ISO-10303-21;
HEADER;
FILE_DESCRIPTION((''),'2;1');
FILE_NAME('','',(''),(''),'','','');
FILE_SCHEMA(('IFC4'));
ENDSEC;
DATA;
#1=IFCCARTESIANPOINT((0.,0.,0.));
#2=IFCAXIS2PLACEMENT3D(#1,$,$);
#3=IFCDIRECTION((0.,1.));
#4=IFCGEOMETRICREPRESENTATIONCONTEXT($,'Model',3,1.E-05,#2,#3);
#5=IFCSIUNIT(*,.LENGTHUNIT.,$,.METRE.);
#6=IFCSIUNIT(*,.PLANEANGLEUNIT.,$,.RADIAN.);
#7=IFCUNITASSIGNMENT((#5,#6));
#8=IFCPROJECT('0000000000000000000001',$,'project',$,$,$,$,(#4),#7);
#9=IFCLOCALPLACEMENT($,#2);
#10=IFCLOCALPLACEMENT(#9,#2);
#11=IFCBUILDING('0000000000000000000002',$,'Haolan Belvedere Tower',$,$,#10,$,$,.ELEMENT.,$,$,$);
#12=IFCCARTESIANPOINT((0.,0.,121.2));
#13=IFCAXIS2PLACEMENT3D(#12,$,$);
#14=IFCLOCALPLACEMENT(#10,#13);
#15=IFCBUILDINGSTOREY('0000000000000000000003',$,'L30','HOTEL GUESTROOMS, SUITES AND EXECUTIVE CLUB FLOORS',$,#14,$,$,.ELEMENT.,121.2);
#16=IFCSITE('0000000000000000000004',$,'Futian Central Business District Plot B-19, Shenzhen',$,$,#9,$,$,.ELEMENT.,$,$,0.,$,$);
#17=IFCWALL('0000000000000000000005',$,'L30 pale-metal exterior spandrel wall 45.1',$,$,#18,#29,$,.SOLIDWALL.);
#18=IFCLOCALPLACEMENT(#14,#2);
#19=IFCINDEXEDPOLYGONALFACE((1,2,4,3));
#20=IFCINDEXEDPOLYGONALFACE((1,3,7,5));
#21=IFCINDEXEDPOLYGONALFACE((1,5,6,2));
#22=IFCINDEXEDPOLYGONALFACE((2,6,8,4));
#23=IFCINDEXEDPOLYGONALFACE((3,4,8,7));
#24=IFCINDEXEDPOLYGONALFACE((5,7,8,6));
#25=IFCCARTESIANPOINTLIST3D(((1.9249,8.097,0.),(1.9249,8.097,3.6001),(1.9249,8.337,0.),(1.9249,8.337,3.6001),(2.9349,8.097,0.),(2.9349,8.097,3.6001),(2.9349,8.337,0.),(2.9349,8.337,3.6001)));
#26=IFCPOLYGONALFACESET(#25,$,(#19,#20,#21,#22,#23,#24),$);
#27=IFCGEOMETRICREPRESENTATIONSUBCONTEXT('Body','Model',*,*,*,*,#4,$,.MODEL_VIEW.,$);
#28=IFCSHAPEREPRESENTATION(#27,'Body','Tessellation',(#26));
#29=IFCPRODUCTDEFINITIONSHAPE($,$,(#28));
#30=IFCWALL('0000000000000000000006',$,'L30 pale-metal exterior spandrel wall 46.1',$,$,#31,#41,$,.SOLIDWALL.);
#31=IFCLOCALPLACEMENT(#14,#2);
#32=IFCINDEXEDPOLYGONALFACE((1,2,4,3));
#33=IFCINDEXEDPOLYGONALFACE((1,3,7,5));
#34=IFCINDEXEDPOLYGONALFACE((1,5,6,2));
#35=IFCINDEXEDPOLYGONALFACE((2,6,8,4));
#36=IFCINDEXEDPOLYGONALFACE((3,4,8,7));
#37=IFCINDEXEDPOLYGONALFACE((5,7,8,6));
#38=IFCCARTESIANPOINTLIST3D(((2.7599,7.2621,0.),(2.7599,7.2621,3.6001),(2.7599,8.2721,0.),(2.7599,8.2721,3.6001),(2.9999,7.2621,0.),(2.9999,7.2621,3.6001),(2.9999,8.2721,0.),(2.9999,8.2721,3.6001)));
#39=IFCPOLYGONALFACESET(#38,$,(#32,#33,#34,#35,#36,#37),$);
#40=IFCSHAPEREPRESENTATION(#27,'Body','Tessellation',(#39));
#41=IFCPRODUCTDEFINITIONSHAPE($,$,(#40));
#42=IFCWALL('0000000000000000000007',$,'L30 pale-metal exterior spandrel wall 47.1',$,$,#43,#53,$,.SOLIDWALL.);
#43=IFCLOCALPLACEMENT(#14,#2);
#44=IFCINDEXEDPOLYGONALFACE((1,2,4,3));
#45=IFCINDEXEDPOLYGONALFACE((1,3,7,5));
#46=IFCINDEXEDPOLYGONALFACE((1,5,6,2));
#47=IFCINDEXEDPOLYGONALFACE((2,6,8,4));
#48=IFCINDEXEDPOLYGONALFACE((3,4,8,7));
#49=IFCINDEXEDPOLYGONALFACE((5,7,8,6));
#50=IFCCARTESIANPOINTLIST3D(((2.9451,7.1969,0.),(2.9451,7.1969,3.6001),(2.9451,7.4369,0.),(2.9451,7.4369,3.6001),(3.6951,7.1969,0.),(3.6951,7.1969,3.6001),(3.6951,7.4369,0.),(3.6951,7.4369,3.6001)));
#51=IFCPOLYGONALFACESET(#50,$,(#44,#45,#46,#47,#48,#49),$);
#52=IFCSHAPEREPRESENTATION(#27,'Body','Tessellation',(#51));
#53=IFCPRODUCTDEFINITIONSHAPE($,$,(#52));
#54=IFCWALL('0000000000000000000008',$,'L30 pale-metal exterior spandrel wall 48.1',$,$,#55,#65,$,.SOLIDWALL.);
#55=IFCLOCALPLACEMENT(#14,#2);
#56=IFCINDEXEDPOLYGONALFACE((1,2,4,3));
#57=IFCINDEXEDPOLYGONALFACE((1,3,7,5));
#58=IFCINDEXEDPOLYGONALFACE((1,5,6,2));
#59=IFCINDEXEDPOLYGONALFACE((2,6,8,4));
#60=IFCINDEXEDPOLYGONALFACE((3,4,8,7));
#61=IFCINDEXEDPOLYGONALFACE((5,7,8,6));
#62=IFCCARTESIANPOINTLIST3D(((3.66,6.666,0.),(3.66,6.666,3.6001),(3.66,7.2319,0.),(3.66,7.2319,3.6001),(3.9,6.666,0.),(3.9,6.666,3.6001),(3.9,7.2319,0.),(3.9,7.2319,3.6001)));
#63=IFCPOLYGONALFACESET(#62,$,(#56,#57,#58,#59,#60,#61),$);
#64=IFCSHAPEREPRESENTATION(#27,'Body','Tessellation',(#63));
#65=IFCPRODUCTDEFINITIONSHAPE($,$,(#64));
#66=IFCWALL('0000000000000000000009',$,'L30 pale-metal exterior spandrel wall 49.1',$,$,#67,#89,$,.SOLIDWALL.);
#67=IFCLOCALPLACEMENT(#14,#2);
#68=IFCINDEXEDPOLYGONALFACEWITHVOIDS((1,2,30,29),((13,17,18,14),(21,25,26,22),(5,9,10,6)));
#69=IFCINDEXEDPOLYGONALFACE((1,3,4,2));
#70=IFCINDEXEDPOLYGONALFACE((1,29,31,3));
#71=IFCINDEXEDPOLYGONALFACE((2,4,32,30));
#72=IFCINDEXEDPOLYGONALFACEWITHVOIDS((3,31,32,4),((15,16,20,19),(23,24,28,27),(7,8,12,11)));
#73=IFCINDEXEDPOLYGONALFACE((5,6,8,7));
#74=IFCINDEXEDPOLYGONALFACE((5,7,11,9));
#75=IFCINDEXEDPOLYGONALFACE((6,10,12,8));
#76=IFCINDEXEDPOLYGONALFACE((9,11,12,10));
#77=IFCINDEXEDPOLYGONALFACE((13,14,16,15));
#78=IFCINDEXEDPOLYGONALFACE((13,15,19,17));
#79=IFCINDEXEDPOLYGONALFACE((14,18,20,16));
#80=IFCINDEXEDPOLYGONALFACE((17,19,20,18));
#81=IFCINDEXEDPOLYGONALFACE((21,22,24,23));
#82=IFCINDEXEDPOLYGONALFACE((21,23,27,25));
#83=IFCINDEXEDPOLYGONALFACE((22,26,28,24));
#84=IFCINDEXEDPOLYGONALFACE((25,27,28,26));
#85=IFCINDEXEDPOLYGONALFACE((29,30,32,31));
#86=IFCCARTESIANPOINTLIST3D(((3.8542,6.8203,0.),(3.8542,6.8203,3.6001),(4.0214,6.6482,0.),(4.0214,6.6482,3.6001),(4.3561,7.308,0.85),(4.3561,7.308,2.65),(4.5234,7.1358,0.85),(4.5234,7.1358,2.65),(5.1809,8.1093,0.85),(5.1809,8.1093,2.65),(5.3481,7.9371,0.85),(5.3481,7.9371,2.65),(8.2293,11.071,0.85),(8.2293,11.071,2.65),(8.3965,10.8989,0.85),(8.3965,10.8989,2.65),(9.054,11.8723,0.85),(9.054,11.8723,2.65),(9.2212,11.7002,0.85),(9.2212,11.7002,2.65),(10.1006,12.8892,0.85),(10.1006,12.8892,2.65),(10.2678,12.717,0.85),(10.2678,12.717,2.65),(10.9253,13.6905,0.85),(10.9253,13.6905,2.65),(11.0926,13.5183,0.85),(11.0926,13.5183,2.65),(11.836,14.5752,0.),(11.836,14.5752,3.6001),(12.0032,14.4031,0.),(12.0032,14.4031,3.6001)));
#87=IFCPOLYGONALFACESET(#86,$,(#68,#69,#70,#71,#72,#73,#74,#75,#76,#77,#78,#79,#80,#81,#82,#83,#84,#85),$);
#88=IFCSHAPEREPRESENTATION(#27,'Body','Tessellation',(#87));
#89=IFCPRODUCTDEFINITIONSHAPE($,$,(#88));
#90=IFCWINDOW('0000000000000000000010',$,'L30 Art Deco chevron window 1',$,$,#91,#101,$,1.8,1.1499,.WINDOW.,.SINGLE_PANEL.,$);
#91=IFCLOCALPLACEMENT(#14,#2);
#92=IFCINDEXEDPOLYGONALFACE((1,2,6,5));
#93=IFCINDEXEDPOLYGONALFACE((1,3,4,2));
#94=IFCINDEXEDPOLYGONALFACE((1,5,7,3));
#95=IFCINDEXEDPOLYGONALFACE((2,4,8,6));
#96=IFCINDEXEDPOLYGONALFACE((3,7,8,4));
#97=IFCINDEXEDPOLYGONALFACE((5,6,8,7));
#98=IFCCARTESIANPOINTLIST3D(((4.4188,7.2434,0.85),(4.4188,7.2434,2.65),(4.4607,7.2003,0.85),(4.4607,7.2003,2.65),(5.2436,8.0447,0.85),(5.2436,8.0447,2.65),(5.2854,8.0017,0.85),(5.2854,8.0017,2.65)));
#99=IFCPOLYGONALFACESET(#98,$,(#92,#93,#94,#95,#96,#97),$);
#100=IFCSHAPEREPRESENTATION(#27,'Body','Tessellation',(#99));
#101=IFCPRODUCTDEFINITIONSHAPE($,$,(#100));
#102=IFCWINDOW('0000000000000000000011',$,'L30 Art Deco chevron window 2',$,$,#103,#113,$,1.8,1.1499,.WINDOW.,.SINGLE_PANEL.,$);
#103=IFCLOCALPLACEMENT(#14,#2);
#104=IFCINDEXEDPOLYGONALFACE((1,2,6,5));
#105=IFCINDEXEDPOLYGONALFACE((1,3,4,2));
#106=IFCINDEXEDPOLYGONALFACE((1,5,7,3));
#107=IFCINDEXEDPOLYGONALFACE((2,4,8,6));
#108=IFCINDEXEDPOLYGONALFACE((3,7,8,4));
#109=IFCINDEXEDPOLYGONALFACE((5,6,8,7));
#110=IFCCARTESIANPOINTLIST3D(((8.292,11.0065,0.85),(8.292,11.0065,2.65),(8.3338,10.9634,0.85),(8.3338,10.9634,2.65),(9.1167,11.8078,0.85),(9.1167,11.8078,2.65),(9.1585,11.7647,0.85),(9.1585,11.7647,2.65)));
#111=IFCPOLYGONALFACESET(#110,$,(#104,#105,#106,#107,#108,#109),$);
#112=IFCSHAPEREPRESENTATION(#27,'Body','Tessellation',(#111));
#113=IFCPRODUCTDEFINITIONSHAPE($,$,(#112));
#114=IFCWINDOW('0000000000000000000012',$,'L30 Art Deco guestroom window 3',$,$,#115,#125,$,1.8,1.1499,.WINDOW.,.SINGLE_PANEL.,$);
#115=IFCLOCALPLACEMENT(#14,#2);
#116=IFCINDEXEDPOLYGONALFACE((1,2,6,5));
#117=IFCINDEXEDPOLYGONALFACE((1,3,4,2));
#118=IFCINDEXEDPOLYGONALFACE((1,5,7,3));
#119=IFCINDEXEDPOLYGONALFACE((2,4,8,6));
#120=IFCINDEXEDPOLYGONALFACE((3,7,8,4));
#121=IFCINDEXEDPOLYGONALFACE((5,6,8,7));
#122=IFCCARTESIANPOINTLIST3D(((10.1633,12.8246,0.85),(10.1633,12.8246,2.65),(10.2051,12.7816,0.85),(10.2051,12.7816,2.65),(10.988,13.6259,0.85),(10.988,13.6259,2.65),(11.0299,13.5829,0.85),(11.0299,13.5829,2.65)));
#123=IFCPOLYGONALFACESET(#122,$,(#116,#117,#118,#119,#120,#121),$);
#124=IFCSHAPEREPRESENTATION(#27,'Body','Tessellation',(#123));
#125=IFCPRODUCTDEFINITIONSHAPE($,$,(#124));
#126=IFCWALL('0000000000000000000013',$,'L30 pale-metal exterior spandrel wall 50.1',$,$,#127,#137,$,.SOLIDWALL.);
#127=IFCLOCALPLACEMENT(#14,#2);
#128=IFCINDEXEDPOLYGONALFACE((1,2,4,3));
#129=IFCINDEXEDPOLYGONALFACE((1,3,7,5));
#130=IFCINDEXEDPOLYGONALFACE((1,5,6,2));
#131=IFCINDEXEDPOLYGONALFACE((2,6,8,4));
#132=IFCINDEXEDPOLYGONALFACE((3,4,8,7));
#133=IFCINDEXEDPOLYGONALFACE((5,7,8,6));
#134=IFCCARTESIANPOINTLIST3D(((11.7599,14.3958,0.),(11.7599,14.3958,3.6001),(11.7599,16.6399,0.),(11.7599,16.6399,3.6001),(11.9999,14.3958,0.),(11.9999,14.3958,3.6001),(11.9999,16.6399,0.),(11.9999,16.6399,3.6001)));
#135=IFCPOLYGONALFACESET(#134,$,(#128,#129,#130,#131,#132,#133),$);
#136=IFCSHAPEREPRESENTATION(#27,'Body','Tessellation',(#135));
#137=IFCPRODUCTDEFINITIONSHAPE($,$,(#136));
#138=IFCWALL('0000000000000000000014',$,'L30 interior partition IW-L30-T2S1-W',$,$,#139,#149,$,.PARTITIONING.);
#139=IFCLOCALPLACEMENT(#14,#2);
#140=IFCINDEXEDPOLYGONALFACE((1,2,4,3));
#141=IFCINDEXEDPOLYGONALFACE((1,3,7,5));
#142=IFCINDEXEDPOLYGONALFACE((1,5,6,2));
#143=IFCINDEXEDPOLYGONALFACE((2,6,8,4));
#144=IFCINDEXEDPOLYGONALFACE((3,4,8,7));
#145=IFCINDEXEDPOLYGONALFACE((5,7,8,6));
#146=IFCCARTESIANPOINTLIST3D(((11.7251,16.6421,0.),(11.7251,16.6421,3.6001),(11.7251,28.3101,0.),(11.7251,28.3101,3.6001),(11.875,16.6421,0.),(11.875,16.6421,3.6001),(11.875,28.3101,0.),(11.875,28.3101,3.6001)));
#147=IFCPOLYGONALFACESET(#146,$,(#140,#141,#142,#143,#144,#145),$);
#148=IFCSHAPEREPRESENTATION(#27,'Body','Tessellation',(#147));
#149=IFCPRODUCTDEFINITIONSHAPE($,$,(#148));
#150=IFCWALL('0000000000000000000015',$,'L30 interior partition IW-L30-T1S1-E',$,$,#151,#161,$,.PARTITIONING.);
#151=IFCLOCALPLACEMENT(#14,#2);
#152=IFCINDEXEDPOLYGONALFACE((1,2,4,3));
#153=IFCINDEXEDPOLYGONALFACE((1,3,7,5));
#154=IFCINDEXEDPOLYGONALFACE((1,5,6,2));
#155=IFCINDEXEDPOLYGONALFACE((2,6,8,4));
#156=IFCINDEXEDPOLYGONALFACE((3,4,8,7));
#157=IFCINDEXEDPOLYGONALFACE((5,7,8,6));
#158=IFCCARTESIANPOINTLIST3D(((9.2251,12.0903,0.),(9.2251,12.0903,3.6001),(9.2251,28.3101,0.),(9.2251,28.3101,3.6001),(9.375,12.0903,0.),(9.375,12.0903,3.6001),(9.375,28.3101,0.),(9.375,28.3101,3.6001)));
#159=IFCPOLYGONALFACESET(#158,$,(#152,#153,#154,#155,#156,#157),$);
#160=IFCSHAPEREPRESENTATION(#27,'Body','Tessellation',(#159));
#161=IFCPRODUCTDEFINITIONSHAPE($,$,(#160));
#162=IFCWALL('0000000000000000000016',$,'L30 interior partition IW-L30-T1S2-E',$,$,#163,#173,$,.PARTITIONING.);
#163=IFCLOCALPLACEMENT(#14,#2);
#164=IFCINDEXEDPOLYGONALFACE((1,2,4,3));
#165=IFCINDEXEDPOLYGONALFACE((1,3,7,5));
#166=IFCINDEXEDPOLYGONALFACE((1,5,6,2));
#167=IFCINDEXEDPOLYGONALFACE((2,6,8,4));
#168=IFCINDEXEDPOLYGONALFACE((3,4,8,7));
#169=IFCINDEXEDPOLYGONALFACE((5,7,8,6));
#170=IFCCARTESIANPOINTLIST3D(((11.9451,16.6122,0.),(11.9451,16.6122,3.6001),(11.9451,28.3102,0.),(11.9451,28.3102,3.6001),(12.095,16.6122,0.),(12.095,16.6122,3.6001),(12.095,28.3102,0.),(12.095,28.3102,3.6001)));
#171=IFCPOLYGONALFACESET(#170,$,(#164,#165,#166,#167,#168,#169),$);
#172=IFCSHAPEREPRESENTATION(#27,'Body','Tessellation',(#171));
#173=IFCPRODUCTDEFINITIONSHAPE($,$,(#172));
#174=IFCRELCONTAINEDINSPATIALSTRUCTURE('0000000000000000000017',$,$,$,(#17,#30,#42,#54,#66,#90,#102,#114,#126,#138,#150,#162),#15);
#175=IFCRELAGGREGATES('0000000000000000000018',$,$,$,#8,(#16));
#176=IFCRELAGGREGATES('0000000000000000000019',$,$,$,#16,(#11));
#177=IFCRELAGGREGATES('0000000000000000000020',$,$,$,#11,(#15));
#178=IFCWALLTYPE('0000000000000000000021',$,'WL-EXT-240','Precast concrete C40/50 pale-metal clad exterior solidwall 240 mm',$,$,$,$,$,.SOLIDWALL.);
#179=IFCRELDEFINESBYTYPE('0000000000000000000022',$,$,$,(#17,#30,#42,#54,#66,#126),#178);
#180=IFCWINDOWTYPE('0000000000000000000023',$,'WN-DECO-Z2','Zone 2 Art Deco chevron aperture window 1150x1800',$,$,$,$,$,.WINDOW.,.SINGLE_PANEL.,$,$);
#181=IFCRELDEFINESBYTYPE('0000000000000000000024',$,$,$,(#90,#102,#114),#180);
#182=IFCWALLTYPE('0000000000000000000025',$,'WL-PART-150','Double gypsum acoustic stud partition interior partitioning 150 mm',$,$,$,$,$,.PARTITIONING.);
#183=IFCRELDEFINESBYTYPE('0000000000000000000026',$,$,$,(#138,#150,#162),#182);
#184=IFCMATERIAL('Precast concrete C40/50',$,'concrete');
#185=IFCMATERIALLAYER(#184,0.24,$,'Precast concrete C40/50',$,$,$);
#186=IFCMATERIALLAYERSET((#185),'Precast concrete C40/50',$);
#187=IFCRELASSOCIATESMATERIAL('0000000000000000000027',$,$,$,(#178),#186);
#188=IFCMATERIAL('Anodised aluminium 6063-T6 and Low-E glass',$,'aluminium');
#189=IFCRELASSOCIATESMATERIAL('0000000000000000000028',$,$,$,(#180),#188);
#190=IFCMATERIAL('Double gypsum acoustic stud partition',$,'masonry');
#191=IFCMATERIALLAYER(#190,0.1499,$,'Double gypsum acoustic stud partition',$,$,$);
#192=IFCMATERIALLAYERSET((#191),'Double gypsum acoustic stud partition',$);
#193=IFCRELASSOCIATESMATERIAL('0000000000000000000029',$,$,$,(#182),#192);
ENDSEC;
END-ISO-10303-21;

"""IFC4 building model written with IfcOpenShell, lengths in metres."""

from ifc_helpers import new_model, si_unit, direction, frame, frame_2d, origin, place, context, subcontext, project, spatial, rectangle, extrude, material, layer, layer_set, type_object, element, fill, save


model = new_model("IFC4")

# Units and contexts
model_context = context("Model", 3, precision=1e-05, world=origin(), true_north=direction((0.0, 1.0)))
body_context = subcontext(model_context, "Body", "Model", "MODEL_VIEW")
ifc_project = project(units=[si_unit("LENGTHUNIT", "METRE"), si_unit("PLANEANGLEUNIT", "RADIAN")], contexts=[model_context])

# Site, building, storey
site_placement = place(None, origin())
site = spatial("IfcSite", under=ifc_project, at=site_placement, Name="Futian Central Business District Plot B-19, Shenzhen", CompositionType="ELEMENT", RefElevation=0.0)
building_placement = place(site_placement, origin())
building = spatial("IfcBuilding", under=site, at=building_placement, Name="Haolan Belvedere Tower", CompositionType="ELEMENT")
storey_placement = place(building_placement, frame((0.0, 0.0, 121.2)))
storey = spatial("IfcBuildingStorey", under=building, at=storey_placement, Name="L30", Description="HOTEL GUESTROOMS, SUITES AND EXECUTIVE CLUB FLOORS", CompositionType="ELEMENT", Elevation=121.2)

# Walls
ifc_material_1 = material(Name="Precast concrete C40/50", Category="concrete")
ifc_layer_1 = layer(ifc_material_1, 0.24, Name="Precast concrete C40/50")
ifc_layer_set_1 = layer_set([ifc_layer_1], Name="Precast concrete C40/50")
wall_type_1 = type_object("IfcWallType", Name="WL-EXT-240", Description="Precast concrete C40/50 pale-metal clad exterior solidwall 240 mm", PredefinedType="SOLIDWALL", material=ifc_layer_set_1)
for number, where, z_axis, x_axis, name in (
    (1, (1.925, 8.217, 0.0), (0.0, 0.0, 1.0), (1.0, 0.0, 0.0), "L30 pale-metal exterior spandrel wall 45.1"),
    (2, (2.8799, 8.272, 0.0), (0.0, 0.0, 1.0), (0.0, -1.0, 0.0), "L30 pale-metal exterior spandrel wall 46.1"),
):
    element("IfcWall", number, at=place(storey_placement, frame(where, z_axis=z_axis, x_axis=x_axis)), inside=storey, type_object=wall_type_1, Name=name, PredefinedType="SOLIDWALL", context=body_context, shape_type="SweptSolid", body=[
        extrude(rectangle(XDim=1.01, YDim=0.24, at=frame_2d((0.5049, 0.0))), origin(), (0.0, 0.0, 1.0), 3.6001),
    ])
wall_1_placement = place(storey_placement, frame((2.9451, 7.3169, 0.0), z_axis=(0.0, 0.0, 1.0), x_axis=(1.0, 0.0, 0.0)))
element("IfcWall", 3, at=wall_1_placement, inside=storey, type_object=wall_type_1, Name="L30 pale-metal exterior spandrel wall 47.1", PredefinedType="SOLIDWALL", context=body_context, shape_type="SweptSolid", body=[
    extrude(rectangle(XDim=0.75, YDim=0.24, at=frame_2d((0.375, 0.0))), origin(), (0.0, 0.0, 1.0), 3.6001),
])
wall_2_placement = place(storey_placement, frame((3.78, 7.2319, 0.0), z_axis=(0.0, 0.0, 1.0), x_axis=(0.0, -1.0, 0.0)))
element("IfcWall", 4, at=wall_2_placement, inside=storey, type_object=wall_type_1, Name="L30 pale-metal exterior spandrel wall 48.1", PredefinedType="SOLIDWALL", context=body_context, shape_type="SweptSolid", body=[
    extrude(rectangle(XDim=0.5659, YDim=0.24, at=frame_2d((0.283, 0.0))), origin(), (0.0, 0.0, 1.0), 3.6001),
])

# Wall, openings, windows
wall_3_placement = place(storey_placement, frame((3.9377, 6.7341, 0.0), z_axis=(0.0, 0.0, 1.0), x_axis=(0.717224, 0.696843, 0.0)))
wall_3 = element("IfcWall", 5, at=wall_3_placement, inside=storey, type_object=wall_type_1, Name="L30 pale-metal exterior spandrel wall 49.1", PredefinedType="SOLIDWALL", context=body_context, shape_type="SweptSolid", body=[
    extrude(rectangle(XDim=11.1287, YDim=0.24, at=frame_2d((5.5645, 0.0))), origin(), (0.0, 0.0, 1.0), 3.6001),
])
opening_1_placement = place(wall_3_placement, frame((0.7, 0.0, 0.8501)))
opening_1 = element("IfcOpeningElement", 6, at=opening_1_placement, cuts=wall_3, PredefinedType="OPENING", context=body_context, shape_type="SweptSolid", body=[
    extrude(rectangle(XDim=1.1499, YDim=1.8, at=frame_2d((0.575, 0.8999))), frame((0.0, 0.1299, 0.0), z_axis=(0.0, -1.0, 0.0), x_axis=(1.0, 0.0, 0.0)), (0.0, 0.0, 1.0), 0.26),
])
opening_2_placement = place(wall_3_placement, frame((6.1001, 0.0, 0.8501)))
opening_2 = element("IfcOpeningElement", 7, at=opening_2_placement, cuts=wall_3, PredefinedType="OPENING", context=body_context, shape_type="SweptSolid", body=[
    extrude(rectangle(XDim=1.1499, YDim=1.8, at=frame_2d((0.575, 0.8999))), frame((0.0, 0.1299, 0.0), z_axis=(0.0, -1.0, 0.0), x_axis=(1.0, 0.0, 0.0)), (0.0, 0.0, 1.0), 0.26),
])
opening_3_placement = place(wall_3_placement, frame((8.7092, 0.0, 0.8501)))
opening_3 = element("IfcOpeningElement", 8, at=opening_3_placement, cuts=wall_3, PredefinedType="OPENING", context=body_context, shape_type="SweptSolid", body=[
    extrude(rectangle(XDim=1.1499, YDim=1.8, at=frame_2d((0.575, 0.8999))), frame((0.0, 0.1299, 0.0), z_axis=(0.0, -1.0, 0.0), x_axis=(1.0, 0.0, 0.0)), (0.0, 0.0, 1.0), 0.26),
])
ifc_material_2 = material(Name="Anodised aluminium 6063-T6 and Low-E glass", Category="aluminium")
window_type = type_object("IfcWindowType", Name="WN-DECO-Z2", Description="Zone 2 Art Deco chevron aperture window 1150x1800", PartitioningType="SINGLE_PANEL", PredefinedType="WINDOW", material=ifc_material_2)
window_1_placement = place(opening_1_placement, origin())
window_1 = element("IfcWindow", 9, at=window_1_placement, inside=storey, type_object=window_type, Name="L30 Art Deco chevron window 1", OverallHeight=1.8, OverallWidth=1.1499, PartitioningType="SINGLE_PANEL", PredefinedType="WINDOW", context=body_context, shape_type="SweptSolid", body=[
    extrude(rectangle(XDim=1.1499, YDim=1.8, at=frame_2d((0.575, 0.8999))), frame((0.0, 0.03, 0.0), z_axis=(0.0, -1.0, 0.0), x_axis=(1.0, 0.0, 0.0)), (0.0, 0.0, 1.0), 0.0601),
])
fill(opening_1, window_1)
window_2_placement = place(opening_2_placement, origin())
window_2 = element("IfcWindow", 10, at=window_2_placement, inside=storey, type_object=window_type, Name="L30 Art Deco chevron window 2", OverallHeight=1.8, OverallWidth=1.1499, PartitioningType="SINGLE_PANEL", PredefinedType="WINDOW", context=body_context, shape_type="SweptSolid", body=[
    extrude(rectangle(XDim=1.1499, YDim=1.8, at=frame_2d((0.575, 0.8999))), frame((0.0, 0.03, 0.0), z_axis=(0.0, -1.0, 0.0), x_axis=(1.0, 0.0, 0.0)), (0.0, 0.0, 1.0), 0.0601),
])
fill(opening_2, window_2)
window_3_placement = place(opening_3_placement, origin())
window_3 = element("IfcWindow", 11, at=window_3_placement, inside=storey, type_object=window_type, Name="L30 Art Deco guestroom window 3", OverallHeight=1.8, OverallWidth=1.1499, PartitioningType="SINGLE_PANEL", PredefinedType="WINDOW", context=body_context, shape_type="SweptSolid", body=[
    extrude(rectangle(XDim=1.1499, YDim=1.8, at=frame_2d((0.575, 0.8999))), frame((0.0, 0.03, 0.0), z_axis=(0.0, -1.0, 0.0), x_axis=(1.0, 0.0, 0.0)), (0.0, 0.0, 1.0), 0.0601),
])
fill(opening_3, window_3)

# Walls
wall_4_placement = place(storey_placement, frame((11.8799, 14.3958, 0.0), z_axis=(0.0, 0.0, 1.0), x_axis=(0.0, 1.0, 0.0)))
element("IfcWall", 12, at=wall_4_placement, inside=storey, type_object=wall_type_1, Name="L30 pale-metal exterior spandrel wall 50.1", PredefinedType="SOLIDWALL", context=body_context, shape_type="SweptSolid", body=[
    extrude(rectangle(XDim=2.2441, YDim=0.24, at=frame_2d((1.1221, 0.0))), origin(), (0.0, 0.0, 1.0), 3.6001),
])
ifc_material_3 = material(Name="Double gypsum acoustic stud partition", Category="masonry")
ifc_layer_2 = layer(ifc_material_3, 0.1499, Name="Double gypsum acoustic stud partition")
ifc_layer_set_2 = layer_set([ifc_layer_2], Name="Double gypsum acoustic stud partition")
wall_type_2 = type_object("IfcWallType", Name="WL-PART-150", Description="Double gypsum acoustic stud partition interior partitioning 150 mm", PredefinedType="PARTITIONING", material=ifc_layer_set_2)
wall_5_placement = place(storey_placement, frame((11.8, 16.6421, 0.0), z_axis=(0.0, 0.0, 1.0), x_axis=(0.0, 1.0, 0.0)))
element("IfcWall", 13, at=wall_5_placement, inside=storey, type_object=wall_type_2, Name="L30 interior partition IW-L30-T2S1-W", PredefinedType="PARTITIONING", context=body_context, shape_type="SweptSolid", body=[
    extrude(rectangle(XDim=11.668, YDim=0.1499, at=frame_2d((5.834, 0.0))), origin(), (0.0, 0.0, 1.0), 3.6001),
])
wall_6_placement = place(storey_placement, frame((9.3, 12.0903, 0.0), z_axis=(0.0, 0.0, 1.0), x_axis=(0.0, 1.0, 0.0)))
element("IfcWall", 14, at=wall_6_placement, inside=storey, type_object=wall_type_2, Name="L30 interior partition IW-L30-T1S1-E", PredefinedType="PARTITIONING", context=body_context, shape_type="SweptSolid", body=[
    extrude(rectangle(XDim=16.2197, YDim=0.1499, at=frame_2d((8.1099, 0.0))), origin(), (0.0, 0.0, 1.0), 3.6001),
])
wall_7_placement = place(storey_placement, frame((12.02, 16.6121, 0.0), z_axis=(0.0, 0.0, 1.0), x_axis=(0.0, 1.0, 0.0)))
element("IfcWall", 15, at=wall_7_placement, inside=storey, type_object=wall_type_2, Name="L30 interior partition IW-L30-T1S2-E", PredefinedType="PARTITIONING", context=body_context, shape_type="SweptSolid", body=[
    extrude(rectangle(XDim=11.698, YDim=0.1499, at=frame_2d((5.8491, 0.0))), origin(), (0.0, 0.0, 1.0), 3.6001),
])

save(model, "model.ifc")
